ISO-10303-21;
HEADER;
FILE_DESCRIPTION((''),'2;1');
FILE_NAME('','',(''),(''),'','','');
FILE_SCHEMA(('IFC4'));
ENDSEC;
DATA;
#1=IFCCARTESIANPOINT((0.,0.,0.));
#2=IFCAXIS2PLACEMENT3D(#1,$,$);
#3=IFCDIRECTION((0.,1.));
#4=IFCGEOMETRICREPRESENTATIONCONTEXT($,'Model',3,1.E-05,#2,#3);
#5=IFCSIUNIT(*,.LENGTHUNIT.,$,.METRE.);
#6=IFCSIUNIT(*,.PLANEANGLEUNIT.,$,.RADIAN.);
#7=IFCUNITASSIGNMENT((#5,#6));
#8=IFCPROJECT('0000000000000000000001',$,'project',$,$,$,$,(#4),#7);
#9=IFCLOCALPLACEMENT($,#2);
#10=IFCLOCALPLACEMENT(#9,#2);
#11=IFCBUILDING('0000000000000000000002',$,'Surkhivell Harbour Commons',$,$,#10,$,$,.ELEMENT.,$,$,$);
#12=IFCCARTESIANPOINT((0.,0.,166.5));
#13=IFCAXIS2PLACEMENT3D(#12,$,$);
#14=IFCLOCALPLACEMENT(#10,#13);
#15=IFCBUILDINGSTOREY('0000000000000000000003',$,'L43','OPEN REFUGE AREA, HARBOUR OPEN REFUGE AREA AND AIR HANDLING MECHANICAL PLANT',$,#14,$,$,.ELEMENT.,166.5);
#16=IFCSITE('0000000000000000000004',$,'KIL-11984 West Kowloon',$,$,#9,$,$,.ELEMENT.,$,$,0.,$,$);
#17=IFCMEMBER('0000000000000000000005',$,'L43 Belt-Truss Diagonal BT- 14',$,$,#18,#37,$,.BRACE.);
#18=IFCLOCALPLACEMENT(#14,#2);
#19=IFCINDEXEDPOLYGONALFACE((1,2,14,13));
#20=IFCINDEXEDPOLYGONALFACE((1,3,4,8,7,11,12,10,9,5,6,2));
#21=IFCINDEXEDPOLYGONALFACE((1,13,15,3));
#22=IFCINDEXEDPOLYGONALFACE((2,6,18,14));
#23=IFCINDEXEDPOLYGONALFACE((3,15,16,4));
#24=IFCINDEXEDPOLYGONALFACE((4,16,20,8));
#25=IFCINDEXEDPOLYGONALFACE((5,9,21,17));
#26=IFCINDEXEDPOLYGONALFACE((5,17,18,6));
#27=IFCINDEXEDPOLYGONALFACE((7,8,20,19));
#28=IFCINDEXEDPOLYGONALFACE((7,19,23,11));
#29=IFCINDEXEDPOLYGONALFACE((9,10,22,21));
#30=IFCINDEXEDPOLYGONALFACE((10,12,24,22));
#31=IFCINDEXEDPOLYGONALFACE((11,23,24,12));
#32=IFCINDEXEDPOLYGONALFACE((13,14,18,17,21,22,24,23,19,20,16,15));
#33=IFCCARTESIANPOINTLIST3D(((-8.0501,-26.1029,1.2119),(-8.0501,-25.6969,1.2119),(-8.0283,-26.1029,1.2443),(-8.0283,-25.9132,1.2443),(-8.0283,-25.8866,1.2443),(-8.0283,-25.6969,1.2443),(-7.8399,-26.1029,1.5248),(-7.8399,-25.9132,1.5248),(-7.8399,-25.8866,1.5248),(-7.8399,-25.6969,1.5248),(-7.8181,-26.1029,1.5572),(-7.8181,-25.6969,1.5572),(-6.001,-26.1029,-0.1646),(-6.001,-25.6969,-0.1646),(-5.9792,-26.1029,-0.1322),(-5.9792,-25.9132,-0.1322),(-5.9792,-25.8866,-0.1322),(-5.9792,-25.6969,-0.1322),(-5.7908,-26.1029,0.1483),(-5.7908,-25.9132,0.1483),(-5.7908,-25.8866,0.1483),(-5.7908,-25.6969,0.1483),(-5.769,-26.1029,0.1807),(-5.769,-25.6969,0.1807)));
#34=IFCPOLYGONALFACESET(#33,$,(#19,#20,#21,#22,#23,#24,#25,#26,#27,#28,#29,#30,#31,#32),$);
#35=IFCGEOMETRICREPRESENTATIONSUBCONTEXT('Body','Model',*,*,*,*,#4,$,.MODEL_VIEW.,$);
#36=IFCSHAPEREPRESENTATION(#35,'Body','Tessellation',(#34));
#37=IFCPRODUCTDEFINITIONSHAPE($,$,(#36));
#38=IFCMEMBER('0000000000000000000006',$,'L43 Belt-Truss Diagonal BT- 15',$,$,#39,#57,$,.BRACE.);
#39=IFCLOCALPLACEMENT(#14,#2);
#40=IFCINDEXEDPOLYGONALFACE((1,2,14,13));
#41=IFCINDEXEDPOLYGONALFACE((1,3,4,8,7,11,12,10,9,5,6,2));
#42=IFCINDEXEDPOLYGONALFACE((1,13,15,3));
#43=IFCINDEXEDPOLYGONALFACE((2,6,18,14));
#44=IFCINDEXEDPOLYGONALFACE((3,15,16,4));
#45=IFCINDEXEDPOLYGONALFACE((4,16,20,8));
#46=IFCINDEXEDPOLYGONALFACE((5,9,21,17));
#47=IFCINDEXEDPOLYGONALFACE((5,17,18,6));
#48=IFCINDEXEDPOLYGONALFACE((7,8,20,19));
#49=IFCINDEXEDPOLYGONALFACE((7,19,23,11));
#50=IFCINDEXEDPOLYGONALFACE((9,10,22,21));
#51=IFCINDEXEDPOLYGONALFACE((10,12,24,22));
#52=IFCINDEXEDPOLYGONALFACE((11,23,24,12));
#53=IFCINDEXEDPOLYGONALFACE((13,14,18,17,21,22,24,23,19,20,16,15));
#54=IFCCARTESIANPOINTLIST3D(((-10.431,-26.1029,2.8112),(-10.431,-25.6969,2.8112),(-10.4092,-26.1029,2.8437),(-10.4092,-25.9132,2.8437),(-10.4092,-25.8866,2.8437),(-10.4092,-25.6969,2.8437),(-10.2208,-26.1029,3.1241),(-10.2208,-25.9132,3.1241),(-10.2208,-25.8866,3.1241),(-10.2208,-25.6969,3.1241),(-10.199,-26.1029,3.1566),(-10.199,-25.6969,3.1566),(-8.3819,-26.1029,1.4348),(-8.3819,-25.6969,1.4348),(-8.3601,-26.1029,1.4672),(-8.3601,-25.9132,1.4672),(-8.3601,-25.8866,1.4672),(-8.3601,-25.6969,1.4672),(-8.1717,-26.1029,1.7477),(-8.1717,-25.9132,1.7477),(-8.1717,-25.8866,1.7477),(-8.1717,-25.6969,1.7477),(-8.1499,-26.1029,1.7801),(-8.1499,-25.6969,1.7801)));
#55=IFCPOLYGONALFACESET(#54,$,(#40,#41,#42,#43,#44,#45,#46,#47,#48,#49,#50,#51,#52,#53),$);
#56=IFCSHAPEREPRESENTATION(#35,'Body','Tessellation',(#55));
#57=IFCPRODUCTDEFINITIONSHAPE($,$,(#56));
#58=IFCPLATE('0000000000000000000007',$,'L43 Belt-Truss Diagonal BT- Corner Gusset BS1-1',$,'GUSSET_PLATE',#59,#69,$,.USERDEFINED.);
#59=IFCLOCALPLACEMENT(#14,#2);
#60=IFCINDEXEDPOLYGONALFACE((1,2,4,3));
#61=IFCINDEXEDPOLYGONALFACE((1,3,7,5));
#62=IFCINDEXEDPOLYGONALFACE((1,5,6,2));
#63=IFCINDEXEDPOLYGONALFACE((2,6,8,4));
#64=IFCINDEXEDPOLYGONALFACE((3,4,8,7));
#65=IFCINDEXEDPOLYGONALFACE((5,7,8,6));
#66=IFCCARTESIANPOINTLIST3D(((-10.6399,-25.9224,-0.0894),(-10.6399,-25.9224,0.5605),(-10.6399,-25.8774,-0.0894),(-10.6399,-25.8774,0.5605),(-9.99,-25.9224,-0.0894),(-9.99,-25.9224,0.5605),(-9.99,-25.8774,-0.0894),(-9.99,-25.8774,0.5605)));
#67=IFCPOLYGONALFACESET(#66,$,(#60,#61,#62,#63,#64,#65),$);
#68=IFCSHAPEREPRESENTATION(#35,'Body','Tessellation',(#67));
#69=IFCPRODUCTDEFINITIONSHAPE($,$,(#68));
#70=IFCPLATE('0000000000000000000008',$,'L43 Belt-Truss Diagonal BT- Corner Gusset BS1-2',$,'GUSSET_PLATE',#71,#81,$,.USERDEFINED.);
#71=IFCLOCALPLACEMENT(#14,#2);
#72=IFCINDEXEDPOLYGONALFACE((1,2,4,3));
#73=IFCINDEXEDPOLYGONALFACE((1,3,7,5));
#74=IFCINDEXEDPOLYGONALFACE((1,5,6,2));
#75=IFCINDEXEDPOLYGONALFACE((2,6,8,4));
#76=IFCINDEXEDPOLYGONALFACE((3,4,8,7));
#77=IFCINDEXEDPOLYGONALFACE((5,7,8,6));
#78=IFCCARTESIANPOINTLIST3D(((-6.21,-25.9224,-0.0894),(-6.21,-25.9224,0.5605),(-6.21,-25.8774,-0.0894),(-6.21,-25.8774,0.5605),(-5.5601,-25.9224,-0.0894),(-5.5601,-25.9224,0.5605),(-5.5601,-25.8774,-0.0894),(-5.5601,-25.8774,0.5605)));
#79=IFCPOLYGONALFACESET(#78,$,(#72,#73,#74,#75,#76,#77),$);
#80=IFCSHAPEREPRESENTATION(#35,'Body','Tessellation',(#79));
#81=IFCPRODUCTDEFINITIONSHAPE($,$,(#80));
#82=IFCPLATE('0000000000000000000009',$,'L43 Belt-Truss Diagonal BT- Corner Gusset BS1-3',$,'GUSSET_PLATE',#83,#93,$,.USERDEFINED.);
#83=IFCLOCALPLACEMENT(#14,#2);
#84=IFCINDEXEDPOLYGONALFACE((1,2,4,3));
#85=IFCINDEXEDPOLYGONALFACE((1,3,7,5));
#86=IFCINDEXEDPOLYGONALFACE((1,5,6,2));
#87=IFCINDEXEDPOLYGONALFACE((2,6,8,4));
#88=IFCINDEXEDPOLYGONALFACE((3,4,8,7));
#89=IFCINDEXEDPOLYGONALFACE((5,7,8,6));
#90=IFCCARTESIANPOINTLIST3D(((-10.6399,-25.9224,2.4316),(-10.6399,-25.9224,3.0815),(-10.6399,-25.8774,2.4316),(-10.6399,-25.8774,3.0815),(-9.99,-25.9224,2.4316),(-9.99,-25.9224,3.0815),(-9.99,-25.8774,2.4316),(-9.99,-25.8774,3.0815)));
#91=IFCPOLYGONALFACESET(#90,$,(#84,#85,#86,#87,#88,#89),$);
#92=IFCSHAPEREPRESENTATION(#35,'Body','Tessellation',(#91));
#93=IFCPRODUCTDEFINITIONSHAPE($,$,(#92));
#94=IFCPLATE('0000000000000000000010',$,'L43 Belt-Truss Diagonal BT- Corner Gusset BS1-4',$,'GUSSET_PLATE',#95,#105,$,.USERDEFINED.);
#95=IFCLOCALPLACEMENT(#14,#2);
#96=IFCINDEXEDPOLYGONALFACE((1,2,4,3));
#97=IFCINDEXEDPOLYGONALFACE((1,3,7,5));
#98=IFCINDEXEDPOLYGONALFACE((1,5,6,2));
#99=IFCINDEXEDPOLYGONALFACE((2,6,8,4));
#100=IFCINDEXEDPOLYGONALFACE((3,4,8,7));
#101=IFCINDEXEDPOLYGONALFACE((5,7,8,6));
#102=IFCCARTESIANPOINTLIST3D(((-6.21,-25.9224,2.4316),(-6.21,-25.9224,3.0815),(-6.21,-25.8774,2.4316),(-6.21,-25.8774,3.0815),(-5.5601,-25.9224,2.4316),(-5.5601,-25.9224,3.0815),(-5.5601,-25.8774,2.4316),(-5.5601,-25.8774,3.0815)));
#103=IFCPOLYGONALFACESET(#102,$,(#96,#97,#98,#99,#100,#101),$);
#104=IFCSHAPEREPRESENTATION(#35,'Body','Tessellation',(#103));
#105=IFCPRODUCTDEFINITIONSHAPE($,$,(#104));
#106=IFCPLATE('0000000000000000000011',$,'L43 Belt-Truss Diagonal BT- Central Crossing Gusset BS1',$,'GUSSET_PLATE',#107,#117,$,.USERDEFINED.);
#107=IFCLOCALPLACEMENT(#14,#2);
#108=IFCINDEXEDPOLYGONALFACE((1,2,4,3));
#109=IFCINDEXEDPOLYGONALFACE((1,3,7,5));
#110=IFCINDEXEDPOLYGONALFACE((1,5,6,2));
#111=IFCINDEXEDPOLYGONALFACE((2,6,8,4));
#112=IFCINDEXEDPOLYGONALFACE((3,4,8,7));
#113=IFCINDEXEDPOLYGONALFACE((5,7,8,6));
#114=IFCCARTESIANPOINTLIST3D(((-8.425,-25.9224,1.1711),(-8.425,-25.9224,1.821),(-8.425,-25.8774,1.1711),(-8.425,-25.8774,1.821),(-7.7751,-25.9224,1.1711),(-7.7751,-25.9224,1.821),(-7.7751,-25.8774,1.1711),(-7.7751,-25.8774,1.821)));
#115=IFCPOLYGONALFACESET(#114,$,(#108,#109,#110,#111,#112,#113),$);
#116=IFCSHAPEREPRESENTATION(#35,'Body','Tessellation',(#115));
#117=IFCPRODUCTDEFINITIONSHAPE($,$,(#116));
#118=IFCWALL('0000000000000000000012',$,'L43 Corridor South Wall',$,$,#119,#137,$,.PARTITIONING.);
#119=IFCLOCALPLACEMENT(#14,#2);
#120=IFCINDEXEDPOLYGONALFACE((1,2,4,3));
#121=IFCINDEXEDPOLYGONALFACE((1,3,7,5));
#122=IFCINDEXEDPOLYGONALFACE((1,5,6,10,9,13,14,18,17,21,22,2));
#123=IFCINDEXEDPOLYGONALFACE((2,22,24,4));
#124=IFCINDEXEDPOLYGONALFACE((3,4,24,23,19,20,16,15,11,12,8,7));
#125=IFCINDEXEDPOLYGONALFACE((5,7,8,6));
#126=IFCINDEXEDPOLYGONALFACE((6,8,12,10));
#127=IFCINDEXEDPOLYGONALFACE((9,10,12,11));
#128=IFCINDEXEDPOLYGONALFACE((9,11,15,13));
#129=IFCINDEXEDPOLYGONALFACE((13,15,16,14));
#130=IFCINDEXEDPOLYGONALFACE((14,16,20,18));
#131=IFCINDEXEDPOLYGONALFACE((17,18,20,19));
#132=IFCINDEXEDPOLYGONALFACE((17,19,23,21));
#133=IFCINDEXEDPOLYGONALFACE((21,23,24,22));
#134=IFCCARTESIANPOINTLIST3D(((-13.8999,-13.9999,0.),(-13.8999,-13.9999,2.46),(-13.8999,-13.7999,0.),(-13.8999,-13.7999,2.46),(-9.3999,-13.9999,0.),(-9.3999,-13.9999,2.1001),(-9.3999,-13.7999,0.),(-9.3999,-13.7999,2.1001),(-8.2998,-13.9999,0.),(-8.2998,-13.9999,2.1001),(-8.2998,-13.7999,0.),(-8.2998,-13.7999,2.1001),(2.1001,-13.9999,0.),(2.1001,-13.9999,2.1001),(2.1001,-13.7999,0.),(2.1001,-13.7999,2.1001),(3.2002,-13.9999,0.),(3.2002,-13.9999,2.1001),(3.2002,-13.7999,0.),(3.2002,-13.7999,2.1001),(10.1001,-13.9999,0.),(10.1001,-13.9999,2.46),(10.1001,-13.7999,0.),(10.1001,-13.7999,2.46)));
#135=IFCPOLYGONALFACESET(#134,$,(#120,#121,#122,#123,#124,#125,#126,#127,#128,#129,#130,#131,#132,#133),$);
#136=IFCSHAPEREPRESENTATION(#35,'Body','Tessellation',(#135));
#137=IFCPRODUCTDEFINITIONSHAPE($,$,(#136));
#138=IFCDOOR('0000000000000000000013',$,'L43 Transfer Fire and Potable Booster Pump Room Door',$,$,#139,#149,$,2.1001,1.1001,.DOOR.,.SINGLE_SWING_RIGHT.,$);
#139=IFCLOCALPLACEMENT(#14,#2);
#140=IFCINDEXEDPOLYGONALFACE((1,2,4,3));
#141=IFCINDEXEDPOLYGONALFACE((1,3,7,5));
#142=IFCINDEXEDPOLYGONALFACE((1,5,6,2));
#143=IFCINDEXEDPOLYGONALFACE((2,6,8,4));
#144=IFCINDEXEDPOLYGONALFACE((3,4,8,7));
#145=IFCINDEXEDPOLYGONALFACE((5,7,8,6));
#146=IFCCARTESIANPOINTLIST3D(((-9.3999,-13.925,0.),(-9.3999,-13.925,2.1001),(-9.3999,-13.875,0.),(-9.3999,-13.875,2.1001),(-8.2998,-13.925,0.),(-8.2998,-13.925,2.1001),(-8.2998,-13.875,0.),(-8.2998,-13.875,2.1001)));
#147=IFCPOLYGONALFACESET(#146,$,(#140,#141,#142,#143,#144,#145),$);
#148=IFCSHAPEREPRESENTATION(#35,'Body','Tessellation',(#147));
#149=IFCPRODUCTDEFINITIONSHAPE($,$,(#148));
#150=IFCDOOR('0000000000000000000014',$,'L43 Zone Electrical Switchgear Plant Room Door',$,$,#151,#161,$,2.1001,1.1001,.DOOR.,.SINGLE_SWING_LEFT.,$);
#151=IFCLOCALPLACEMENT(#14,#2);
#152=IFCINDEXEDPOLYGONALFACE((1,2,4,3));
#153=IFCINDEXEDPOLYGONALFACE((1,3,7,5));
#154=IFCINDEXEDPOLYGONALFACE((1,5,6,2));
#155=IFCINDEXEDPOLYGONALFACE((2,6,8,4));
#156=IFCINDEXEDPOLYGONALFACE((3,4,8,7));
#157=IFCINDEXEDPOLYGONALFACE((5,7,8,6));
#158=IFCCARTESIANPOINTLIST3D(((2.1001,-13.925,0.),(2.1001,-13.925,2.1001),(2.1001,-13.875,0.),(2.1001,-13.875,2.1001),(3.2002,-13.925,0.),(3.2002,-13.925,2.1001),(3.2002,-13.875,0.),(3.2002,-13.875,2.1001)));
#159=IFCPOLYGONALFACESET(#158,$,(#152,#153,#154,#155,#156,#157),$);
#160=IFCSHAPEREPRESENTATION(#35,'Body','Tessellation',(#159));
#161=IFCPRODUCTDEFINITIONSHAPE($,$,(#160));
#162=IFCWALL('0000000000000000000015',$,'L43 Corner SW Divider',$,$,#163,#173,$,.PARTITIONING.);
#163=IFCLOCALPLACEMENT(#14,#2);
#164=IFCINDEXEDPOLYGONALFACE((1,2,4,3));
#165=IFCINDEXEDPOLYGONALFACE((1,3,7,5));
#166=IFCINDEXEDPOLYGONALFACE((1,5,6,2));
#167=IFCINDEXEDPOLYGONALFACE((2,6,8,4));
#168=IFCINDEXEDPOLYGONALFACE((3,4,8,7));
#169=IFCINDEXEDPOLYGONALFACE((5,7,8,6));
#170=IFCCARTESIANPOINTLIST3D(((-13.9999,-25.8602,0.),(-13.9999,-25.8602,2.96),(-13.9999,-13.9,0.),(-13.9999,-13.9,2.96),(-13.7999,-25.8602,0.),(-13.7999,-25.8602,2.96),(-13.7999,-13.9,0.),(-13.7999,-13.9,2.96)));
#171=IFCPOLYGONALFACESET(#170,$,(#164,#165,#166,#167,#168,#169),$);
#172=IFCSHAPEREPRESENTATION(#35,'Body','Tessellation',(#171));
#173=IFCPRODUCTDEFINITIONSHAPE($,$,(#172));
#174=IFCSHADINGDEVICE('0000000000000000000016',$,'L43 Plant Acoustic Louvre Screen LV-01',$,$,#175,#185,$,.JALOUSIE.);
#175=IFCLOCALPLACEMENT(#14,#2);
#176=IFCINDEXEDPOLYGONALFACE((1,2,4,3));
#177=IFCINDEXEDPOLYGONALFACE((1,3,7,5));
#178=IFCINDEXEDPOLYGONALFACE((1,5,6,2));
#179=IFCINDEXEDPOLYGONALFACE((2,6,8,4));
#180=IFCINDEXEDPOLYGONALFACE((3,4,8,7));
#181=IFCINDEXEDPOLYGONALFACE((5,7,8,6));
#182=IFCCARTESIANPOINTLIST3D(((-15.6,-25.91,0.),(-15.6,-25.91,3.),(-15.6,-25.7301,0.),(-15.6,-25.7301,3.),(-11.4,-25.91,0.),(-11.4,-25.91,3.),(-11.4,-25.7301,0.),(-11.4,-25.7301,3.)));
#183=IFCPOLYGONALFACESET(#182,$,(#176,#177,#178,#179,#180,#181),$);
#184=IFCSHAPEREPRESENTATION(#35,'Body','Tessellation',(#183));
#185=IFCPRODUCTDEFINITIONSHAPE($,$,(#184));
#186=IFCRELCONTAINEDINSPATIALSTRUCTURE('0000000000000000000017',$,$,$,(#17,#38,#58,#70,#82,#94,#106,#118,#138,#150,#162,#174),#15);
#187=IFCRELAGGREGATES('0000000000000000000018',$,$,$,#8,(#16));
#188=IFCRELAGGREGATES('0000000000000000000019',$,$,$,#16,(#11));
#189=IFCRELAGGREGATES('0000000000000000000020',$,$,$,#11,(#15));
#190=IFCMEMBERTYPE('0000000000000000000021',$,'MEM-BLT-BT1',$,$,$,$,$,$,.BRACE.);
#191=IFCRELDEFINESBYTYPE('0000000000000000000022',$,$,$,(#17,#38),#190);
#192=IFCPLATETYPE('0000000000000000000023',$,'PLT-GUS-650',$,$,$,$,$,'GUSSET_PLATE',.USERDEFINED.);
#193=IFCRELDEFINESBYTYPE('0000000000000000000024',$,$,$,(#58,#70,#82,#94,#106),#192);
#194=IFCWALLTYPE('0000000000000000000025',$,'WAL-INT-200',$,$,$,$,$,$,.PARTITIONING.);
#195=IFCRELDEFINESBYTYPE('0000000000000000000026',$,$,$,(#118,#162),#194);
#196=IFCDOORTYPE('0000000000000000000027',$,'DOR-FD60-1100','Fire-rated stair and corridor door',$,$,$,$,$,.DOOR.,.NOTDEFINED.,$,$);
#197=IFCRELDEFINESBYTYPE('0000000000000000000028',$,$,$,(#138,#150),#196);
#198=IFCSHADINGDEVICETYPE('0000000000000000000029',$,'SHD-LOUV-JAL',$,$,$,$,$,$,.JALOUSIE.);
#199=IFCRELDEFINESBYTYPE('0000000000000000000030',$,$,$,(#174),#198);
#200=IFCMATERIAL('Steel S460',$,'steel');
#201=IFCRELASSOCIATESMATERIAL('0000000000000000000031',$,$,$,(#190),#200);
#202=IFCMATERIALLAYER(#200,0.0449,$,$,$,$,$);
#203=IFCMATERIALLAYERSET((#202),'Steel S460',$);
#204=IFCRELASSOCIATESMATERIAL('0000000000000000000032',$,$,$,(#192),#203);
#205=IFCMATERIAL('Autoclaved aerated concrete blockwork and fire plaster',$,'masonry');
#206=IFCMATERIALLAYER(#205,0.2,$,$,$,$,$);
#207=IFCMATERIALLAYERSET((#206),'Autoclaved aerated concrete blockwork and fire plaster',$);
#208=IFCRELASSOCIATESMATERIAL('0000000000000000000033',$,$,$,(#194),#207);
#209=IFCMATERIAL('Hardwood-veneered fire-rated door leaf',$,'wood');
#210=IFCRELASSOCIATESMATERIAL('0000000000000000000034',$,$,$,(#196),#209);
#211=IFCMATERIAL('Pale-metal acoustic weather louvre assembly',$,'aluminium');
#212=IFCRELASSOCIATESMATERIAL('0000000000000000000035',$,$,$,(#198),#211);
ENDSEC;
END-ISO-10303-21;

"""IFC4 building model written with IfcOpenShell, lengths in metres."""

from ifc_helpers import new_model, si_unit, direction, frame, frame_2d, origin, origin_2d, place, context, subcontext, project, spatial, rectangle, i_section, extrude, material, layer, layer_set, material_profile, profile_set, type_object, element, fill, save


model = new_model("IFC4")

# Units and contexts
model_context = context("Model", 3, precision=1e-05, world=origin(), true_north=direction((0.0, 1.0)))
body_context = subcontext(model_context, "Body", "Model", "MODEL_VIEW")
ifc_project = project(units=[si_unit("LENGTHUNIT", "METRE"), si_unit("PLANEANGLEUNIT", "RADIAN")], contexts=[model_context])

# Site, building, storey
site_placement = place(None, origin())
site = spatial("IfcSite", under=ifc_project, at=site_placement, Name="KIL-11984 West Kowloon", CompositionType="ELEMENT", RefElevation=0.0)
building_placement = place(site_placement, origin())
building = spatial("IfcBuilding", under=site, at=building_placement, Name="Surkhivell Harbour Commons", CompositionType="ELEMENT")
storey_placement = place(building_placement, frame((0.0, 0.0, 166.5)))
storey = spatial("IfcBuildingStorey", under=building, at=storey_placement, Name="L43", Description="OPEN REFUGE AREA, HARBOUR OPEN REFUGE AREA AND AIR HANDLING MECHANICAL PLANT", CompositionType="ELEMENT", Elevation=166.5)

# Shared definitions
ifc_material_1 = material(Name="Steel S460", Category="steel")

# Members
ifc_material_profile_1 = material_profile(ifc_material_1, i_section(OverallWidth=0.406, OverallDepth=0.416, WebThickness=0.0266, FlangeThickness=0.0391, at=origin_2d()), Name="HD400x382")
ifc_profile_set_1 = profile_set([ifc_material_profile_1], Name="Steel S460")
member_type = type_object("IfcMemberType", Name="MEM-BLT-BT1", PredefinedType="BRACE", material=ifc_profile_set_1)
for number, where, z_axis, x_axis, name in (
    (1, (-5.885, -25.8999, 0.0081), (-0.830098, 0.0, 0.557618), (0.0, -1.0, 0.0), "L43 Belt-Truss Diagonal BT- 14"),
    (2, (-8.2659, -25.8999, 1.6074), (-0.830098, 0.0, 0.557618), (0.0, -1.0, 0.0), "L43 Belt-Truss Diagonal BT- 15"),
):
    element("IfcMember", number, at=place(storey_placement, frame(where, z_axis=z_axis, x_axis=x_axis)), inside=storey, type_object=member_type, Name=name, PredefinedType="BRACE", context=body_context, shape_type="SweptSolid", body=[
        extrude(i_section(OverallWidth=0.406, OverallDepth=0.416, WebThickness=0.0266, FlangeThickness=0.0391, at=origin_2d()), origin(), (0.0, 0.0, 1.0), 2.4685),
    ])

# Plates
ifc_layer_1 = layer(ifc_material_1, 0.0449)
ifc_layer_set_1 = layer_set([ifc_layer_1], Name="Steel S460")
plate_type = type_object("IfcPlateType", Name="PLT-GUS-650", ElementType="GUSSET_PLATE", PredefinedType="USERDEFINED", material=ifc_layer_set_1)
for number, where, z_axis, x_axis, name in (
    (3, (-10.3149, -25.8999, -0.0894), (0.0, 0.0, 1.0), (1.0, 0.0, 0.0), "L43 Belt-Truss Diagonal BT- Corner Gusset BS1-1"),
    (4, (-5.885, -25.8999, -0.0894), (0.0, 0.0, 1.0), (1.0, 0.0, 0.0), "L43 Belt-Truss Diagonal BT- Corner Gusset BS1-2"),
    (5, (-10.3149, -25.8999, 2.4316), (0.0, 0.0, 1.0), (1.0, 0.0, 0.0), "L43 Belt-Truss Diagonal BT- Corner Gusset BS1-3"),
    (6, (-5.885, -25.8999, 2.4316), (0.0, 0.0, 1.0), (1.0, 0.0, 0.0), "L43 Belt-Truss Diagonal BT- Corner Gusset BS1-4"),
    (7, (-8.1001, -25.8999, 1.1711), (0.0, 0.0, 1.0), (1.0, 0.0, 0.0), "L43 Belt-Truss Diagonal BT- Central Crossing Gusset BS1"),
):
    element("IfcPlate", number, at=place(storey_placement, frame(where, z_axis=z_axis, x_axis=x_axis)), inside=storey, type_object=plate_type, Name=name, ObjectType="GUSSET_PLATE", PredefinedType="USERDEFINED", context=body_context, shape_type="SweptSolid", body=[
        extrude(rectangle(XDim=0.6499, YDim=0.0449, at=origin_2d()), origin(), (0.0, 0.0, 1.0), 0.6499),
    ])

# Wall, openings, doors
ifc_material_2 = material(Name="Autoclaved aerated concrete blockwork and fire plaster", Category="masonry")
ifc_layer_2 = layer(ifc_material_2, 0.2)
ifc_layer_set_2 = layer_set([ifc_layer_2], Name="Autoclaved aerated concrete blockwork and fire plaster")
wall_type = type_object("IfcWallType", Name="WAL-INT-200", PredefinedType="PARTITIONING", material=ifc_layer_set_2)
wall_1_placement = place(storey_placement, frame((-13.8999, -13.8999, 0.0), z_axis=(0.0, 0.0, 1.0), x_axis=(1.0, 0.0, 0.0)))
wall_1 = element("IfcWall", 8, at=wall_1_placement, inside=storey, type_object=wall_type, Name="L43 Corridor South Wall", PredefinedType="PARTITIONING", context=body_context, shape_type="SweptSolid", body=[
    extrude(rectangle(XDim=24.0, YDim=0.2, at=frame_2d((12.0, 0.0))), origin(), (0.0, 0.0, 1.0), 2.46),
])
opening_1_placement = place(wall_1_placement, frame((4.5, 0.0, 0.0)))
opening_1 = element("IfcOpeningElement", 9, at=opening_1_placement, cuts=wall_1, PredefinedType="OPENING", context=body_context, shape_type="SweptSolid", body=[
    extrude(rectangle(XDim=1.1001, YDim=2.1001, at=frame_2d((0.55, 1.05))), frame((0.0, 0.1099, 0.0), z_axis=(0.0, -1.0, 0.0), x_axis=(1.0, 0.0, 0.0)), (0.0, 0.0, 1.0), 0.22),
])
opening_2_placement = place(wall_1_placement, frame((16.0, 0.0, 0.0)))
opening_2 = element("IfcOpeningElement", 10, at=opening_2_placement, cuts=wall_1, PredefinedType="OPENING", context=body_context, shape_type="SweptSolid", body=[
    extrude(rectangle(XDim=1.1001, YDim=2.1001, at=frame_2d((0.55, 1.05))), frame((0.0, 0.1099, 0.0), z_axis=(0.0, -1.0, 0.0), x_axis=(1.0, 0.0, 0.0)), (0.0, 0.0, 1.0), 0.22),
])
ifc_material_3 = material(Name="Hardwood-veneered fire-rated door leaf", Category="wood")
door_type = type_object("IfcDoorType", Name="DOR-FD60-1100", Description="Fire-rated stair and corridor door", OperationType="NOTDEFINED", PredefinedType="DOOR", material=ifc_material_3)
door_1_placement = place(opening_1_placement, origin())
door_1 = element("IfcDoor", 11, at=door_1_placement, inside=storey, type_object=door_type, Name="L43 Transfer Fire and Potable Booster Pump Room Door", OperationType="SINGLE_SWING_RIGHT", OverallHeight=2.1001, OverallWidth=1.1001, PredefinedType="DOOR", context=body_context, shape_type="SweptSolid", body=[
    extrude(rectangle(XDim=1.1001, YDim=2.1001, at=frame_2d((0.55, 1.05))), frame((0.0, 0.0249, 0.0), z_axis=(0.0, -1.0, 0.0), x_axis=(1.0, 0.0, 0.0)), (0.0, 0.0, 1.0), 0.05),
])
fill(opening_1, door_1)
door_2_placement = place(opening_2_placement, origin())
door_2 = element("IfcDoor", 12, at=door_2_placement, inside=storey, type_object=door_type, Name="L43 Zone Electrical Switchgear Plant Room Door", OperationType="SINGLE_SWING_LEFT", OverallHeight=2.1001, OverallWidth=1.1001, PredefinedType="DOOR", context=body_context, shape_type="SweptSolid", body=[
    extrude(rectangle(XDim=1.1001, YDim=2.1001, at=frame_2d((0.55, 1.05))), frame((0.0, 0.0249, 0.0), z_axis=(0.0, -1.0, 0.0), x_axis=(1.0, 0.0, 0.0)), (0.0, 0.0, 1.0), 0.05),
])
fill(opening_2, door_2)

# Wall
wall_2_placement = place(storey_placement, frame((-13.8999, -25.8601, 0.0), z_axis=(0.0, 0.0, 1.0), x_axis=(0.0, 1.0, 0.0)))
element("IfcWall", 13, at=wall_2_placement, inside=storey, type_object=wall_type, Name="L43 Corner SW Divider", PredefinedType="PARTITIONING", context=body_context, shape_type="SweptSolid", body=[
    extrude(rectangle(XDim=11.9602, YDim=0.2, at=frame_2d((5.98, 0.0))), origin(), (0.0, 0.0, 1.0), 2.96),
])

# Shading device
ifc_material_4 = material(Name="Pale-metal acoustic weather louvre assembly", Category="aluminium")
shading_device_type = type_object("IfcShadingDeviceType", Name="SHD-LOUV-JAL", PredefinedType="JALOUSIE", material=ifc_material_4)
shading_device_placement = place(storey_placement, frame((-13.5, -25.8201, 0.0), z_axis=(0.0, 0.0, 1.0), x_axis=(1.0, 0.0, 0.0)))
element("IfcShadingDevice", 14, at=shading_device_placement, inside=storey, type_object=shading_device_type, Name="L43 Plant Acoustic Louvre Screen LV-01", PredefinedType="JALOUSIE", context=body_context, shape_type="SweptSolid", body=[
    extrude(rectangle(XDim=4.2, YDim=0.1799, at=origin_2d()), origin(), (0.0, 0.0, 1.0), 3.0),
])

save(model, "model.ifc")
